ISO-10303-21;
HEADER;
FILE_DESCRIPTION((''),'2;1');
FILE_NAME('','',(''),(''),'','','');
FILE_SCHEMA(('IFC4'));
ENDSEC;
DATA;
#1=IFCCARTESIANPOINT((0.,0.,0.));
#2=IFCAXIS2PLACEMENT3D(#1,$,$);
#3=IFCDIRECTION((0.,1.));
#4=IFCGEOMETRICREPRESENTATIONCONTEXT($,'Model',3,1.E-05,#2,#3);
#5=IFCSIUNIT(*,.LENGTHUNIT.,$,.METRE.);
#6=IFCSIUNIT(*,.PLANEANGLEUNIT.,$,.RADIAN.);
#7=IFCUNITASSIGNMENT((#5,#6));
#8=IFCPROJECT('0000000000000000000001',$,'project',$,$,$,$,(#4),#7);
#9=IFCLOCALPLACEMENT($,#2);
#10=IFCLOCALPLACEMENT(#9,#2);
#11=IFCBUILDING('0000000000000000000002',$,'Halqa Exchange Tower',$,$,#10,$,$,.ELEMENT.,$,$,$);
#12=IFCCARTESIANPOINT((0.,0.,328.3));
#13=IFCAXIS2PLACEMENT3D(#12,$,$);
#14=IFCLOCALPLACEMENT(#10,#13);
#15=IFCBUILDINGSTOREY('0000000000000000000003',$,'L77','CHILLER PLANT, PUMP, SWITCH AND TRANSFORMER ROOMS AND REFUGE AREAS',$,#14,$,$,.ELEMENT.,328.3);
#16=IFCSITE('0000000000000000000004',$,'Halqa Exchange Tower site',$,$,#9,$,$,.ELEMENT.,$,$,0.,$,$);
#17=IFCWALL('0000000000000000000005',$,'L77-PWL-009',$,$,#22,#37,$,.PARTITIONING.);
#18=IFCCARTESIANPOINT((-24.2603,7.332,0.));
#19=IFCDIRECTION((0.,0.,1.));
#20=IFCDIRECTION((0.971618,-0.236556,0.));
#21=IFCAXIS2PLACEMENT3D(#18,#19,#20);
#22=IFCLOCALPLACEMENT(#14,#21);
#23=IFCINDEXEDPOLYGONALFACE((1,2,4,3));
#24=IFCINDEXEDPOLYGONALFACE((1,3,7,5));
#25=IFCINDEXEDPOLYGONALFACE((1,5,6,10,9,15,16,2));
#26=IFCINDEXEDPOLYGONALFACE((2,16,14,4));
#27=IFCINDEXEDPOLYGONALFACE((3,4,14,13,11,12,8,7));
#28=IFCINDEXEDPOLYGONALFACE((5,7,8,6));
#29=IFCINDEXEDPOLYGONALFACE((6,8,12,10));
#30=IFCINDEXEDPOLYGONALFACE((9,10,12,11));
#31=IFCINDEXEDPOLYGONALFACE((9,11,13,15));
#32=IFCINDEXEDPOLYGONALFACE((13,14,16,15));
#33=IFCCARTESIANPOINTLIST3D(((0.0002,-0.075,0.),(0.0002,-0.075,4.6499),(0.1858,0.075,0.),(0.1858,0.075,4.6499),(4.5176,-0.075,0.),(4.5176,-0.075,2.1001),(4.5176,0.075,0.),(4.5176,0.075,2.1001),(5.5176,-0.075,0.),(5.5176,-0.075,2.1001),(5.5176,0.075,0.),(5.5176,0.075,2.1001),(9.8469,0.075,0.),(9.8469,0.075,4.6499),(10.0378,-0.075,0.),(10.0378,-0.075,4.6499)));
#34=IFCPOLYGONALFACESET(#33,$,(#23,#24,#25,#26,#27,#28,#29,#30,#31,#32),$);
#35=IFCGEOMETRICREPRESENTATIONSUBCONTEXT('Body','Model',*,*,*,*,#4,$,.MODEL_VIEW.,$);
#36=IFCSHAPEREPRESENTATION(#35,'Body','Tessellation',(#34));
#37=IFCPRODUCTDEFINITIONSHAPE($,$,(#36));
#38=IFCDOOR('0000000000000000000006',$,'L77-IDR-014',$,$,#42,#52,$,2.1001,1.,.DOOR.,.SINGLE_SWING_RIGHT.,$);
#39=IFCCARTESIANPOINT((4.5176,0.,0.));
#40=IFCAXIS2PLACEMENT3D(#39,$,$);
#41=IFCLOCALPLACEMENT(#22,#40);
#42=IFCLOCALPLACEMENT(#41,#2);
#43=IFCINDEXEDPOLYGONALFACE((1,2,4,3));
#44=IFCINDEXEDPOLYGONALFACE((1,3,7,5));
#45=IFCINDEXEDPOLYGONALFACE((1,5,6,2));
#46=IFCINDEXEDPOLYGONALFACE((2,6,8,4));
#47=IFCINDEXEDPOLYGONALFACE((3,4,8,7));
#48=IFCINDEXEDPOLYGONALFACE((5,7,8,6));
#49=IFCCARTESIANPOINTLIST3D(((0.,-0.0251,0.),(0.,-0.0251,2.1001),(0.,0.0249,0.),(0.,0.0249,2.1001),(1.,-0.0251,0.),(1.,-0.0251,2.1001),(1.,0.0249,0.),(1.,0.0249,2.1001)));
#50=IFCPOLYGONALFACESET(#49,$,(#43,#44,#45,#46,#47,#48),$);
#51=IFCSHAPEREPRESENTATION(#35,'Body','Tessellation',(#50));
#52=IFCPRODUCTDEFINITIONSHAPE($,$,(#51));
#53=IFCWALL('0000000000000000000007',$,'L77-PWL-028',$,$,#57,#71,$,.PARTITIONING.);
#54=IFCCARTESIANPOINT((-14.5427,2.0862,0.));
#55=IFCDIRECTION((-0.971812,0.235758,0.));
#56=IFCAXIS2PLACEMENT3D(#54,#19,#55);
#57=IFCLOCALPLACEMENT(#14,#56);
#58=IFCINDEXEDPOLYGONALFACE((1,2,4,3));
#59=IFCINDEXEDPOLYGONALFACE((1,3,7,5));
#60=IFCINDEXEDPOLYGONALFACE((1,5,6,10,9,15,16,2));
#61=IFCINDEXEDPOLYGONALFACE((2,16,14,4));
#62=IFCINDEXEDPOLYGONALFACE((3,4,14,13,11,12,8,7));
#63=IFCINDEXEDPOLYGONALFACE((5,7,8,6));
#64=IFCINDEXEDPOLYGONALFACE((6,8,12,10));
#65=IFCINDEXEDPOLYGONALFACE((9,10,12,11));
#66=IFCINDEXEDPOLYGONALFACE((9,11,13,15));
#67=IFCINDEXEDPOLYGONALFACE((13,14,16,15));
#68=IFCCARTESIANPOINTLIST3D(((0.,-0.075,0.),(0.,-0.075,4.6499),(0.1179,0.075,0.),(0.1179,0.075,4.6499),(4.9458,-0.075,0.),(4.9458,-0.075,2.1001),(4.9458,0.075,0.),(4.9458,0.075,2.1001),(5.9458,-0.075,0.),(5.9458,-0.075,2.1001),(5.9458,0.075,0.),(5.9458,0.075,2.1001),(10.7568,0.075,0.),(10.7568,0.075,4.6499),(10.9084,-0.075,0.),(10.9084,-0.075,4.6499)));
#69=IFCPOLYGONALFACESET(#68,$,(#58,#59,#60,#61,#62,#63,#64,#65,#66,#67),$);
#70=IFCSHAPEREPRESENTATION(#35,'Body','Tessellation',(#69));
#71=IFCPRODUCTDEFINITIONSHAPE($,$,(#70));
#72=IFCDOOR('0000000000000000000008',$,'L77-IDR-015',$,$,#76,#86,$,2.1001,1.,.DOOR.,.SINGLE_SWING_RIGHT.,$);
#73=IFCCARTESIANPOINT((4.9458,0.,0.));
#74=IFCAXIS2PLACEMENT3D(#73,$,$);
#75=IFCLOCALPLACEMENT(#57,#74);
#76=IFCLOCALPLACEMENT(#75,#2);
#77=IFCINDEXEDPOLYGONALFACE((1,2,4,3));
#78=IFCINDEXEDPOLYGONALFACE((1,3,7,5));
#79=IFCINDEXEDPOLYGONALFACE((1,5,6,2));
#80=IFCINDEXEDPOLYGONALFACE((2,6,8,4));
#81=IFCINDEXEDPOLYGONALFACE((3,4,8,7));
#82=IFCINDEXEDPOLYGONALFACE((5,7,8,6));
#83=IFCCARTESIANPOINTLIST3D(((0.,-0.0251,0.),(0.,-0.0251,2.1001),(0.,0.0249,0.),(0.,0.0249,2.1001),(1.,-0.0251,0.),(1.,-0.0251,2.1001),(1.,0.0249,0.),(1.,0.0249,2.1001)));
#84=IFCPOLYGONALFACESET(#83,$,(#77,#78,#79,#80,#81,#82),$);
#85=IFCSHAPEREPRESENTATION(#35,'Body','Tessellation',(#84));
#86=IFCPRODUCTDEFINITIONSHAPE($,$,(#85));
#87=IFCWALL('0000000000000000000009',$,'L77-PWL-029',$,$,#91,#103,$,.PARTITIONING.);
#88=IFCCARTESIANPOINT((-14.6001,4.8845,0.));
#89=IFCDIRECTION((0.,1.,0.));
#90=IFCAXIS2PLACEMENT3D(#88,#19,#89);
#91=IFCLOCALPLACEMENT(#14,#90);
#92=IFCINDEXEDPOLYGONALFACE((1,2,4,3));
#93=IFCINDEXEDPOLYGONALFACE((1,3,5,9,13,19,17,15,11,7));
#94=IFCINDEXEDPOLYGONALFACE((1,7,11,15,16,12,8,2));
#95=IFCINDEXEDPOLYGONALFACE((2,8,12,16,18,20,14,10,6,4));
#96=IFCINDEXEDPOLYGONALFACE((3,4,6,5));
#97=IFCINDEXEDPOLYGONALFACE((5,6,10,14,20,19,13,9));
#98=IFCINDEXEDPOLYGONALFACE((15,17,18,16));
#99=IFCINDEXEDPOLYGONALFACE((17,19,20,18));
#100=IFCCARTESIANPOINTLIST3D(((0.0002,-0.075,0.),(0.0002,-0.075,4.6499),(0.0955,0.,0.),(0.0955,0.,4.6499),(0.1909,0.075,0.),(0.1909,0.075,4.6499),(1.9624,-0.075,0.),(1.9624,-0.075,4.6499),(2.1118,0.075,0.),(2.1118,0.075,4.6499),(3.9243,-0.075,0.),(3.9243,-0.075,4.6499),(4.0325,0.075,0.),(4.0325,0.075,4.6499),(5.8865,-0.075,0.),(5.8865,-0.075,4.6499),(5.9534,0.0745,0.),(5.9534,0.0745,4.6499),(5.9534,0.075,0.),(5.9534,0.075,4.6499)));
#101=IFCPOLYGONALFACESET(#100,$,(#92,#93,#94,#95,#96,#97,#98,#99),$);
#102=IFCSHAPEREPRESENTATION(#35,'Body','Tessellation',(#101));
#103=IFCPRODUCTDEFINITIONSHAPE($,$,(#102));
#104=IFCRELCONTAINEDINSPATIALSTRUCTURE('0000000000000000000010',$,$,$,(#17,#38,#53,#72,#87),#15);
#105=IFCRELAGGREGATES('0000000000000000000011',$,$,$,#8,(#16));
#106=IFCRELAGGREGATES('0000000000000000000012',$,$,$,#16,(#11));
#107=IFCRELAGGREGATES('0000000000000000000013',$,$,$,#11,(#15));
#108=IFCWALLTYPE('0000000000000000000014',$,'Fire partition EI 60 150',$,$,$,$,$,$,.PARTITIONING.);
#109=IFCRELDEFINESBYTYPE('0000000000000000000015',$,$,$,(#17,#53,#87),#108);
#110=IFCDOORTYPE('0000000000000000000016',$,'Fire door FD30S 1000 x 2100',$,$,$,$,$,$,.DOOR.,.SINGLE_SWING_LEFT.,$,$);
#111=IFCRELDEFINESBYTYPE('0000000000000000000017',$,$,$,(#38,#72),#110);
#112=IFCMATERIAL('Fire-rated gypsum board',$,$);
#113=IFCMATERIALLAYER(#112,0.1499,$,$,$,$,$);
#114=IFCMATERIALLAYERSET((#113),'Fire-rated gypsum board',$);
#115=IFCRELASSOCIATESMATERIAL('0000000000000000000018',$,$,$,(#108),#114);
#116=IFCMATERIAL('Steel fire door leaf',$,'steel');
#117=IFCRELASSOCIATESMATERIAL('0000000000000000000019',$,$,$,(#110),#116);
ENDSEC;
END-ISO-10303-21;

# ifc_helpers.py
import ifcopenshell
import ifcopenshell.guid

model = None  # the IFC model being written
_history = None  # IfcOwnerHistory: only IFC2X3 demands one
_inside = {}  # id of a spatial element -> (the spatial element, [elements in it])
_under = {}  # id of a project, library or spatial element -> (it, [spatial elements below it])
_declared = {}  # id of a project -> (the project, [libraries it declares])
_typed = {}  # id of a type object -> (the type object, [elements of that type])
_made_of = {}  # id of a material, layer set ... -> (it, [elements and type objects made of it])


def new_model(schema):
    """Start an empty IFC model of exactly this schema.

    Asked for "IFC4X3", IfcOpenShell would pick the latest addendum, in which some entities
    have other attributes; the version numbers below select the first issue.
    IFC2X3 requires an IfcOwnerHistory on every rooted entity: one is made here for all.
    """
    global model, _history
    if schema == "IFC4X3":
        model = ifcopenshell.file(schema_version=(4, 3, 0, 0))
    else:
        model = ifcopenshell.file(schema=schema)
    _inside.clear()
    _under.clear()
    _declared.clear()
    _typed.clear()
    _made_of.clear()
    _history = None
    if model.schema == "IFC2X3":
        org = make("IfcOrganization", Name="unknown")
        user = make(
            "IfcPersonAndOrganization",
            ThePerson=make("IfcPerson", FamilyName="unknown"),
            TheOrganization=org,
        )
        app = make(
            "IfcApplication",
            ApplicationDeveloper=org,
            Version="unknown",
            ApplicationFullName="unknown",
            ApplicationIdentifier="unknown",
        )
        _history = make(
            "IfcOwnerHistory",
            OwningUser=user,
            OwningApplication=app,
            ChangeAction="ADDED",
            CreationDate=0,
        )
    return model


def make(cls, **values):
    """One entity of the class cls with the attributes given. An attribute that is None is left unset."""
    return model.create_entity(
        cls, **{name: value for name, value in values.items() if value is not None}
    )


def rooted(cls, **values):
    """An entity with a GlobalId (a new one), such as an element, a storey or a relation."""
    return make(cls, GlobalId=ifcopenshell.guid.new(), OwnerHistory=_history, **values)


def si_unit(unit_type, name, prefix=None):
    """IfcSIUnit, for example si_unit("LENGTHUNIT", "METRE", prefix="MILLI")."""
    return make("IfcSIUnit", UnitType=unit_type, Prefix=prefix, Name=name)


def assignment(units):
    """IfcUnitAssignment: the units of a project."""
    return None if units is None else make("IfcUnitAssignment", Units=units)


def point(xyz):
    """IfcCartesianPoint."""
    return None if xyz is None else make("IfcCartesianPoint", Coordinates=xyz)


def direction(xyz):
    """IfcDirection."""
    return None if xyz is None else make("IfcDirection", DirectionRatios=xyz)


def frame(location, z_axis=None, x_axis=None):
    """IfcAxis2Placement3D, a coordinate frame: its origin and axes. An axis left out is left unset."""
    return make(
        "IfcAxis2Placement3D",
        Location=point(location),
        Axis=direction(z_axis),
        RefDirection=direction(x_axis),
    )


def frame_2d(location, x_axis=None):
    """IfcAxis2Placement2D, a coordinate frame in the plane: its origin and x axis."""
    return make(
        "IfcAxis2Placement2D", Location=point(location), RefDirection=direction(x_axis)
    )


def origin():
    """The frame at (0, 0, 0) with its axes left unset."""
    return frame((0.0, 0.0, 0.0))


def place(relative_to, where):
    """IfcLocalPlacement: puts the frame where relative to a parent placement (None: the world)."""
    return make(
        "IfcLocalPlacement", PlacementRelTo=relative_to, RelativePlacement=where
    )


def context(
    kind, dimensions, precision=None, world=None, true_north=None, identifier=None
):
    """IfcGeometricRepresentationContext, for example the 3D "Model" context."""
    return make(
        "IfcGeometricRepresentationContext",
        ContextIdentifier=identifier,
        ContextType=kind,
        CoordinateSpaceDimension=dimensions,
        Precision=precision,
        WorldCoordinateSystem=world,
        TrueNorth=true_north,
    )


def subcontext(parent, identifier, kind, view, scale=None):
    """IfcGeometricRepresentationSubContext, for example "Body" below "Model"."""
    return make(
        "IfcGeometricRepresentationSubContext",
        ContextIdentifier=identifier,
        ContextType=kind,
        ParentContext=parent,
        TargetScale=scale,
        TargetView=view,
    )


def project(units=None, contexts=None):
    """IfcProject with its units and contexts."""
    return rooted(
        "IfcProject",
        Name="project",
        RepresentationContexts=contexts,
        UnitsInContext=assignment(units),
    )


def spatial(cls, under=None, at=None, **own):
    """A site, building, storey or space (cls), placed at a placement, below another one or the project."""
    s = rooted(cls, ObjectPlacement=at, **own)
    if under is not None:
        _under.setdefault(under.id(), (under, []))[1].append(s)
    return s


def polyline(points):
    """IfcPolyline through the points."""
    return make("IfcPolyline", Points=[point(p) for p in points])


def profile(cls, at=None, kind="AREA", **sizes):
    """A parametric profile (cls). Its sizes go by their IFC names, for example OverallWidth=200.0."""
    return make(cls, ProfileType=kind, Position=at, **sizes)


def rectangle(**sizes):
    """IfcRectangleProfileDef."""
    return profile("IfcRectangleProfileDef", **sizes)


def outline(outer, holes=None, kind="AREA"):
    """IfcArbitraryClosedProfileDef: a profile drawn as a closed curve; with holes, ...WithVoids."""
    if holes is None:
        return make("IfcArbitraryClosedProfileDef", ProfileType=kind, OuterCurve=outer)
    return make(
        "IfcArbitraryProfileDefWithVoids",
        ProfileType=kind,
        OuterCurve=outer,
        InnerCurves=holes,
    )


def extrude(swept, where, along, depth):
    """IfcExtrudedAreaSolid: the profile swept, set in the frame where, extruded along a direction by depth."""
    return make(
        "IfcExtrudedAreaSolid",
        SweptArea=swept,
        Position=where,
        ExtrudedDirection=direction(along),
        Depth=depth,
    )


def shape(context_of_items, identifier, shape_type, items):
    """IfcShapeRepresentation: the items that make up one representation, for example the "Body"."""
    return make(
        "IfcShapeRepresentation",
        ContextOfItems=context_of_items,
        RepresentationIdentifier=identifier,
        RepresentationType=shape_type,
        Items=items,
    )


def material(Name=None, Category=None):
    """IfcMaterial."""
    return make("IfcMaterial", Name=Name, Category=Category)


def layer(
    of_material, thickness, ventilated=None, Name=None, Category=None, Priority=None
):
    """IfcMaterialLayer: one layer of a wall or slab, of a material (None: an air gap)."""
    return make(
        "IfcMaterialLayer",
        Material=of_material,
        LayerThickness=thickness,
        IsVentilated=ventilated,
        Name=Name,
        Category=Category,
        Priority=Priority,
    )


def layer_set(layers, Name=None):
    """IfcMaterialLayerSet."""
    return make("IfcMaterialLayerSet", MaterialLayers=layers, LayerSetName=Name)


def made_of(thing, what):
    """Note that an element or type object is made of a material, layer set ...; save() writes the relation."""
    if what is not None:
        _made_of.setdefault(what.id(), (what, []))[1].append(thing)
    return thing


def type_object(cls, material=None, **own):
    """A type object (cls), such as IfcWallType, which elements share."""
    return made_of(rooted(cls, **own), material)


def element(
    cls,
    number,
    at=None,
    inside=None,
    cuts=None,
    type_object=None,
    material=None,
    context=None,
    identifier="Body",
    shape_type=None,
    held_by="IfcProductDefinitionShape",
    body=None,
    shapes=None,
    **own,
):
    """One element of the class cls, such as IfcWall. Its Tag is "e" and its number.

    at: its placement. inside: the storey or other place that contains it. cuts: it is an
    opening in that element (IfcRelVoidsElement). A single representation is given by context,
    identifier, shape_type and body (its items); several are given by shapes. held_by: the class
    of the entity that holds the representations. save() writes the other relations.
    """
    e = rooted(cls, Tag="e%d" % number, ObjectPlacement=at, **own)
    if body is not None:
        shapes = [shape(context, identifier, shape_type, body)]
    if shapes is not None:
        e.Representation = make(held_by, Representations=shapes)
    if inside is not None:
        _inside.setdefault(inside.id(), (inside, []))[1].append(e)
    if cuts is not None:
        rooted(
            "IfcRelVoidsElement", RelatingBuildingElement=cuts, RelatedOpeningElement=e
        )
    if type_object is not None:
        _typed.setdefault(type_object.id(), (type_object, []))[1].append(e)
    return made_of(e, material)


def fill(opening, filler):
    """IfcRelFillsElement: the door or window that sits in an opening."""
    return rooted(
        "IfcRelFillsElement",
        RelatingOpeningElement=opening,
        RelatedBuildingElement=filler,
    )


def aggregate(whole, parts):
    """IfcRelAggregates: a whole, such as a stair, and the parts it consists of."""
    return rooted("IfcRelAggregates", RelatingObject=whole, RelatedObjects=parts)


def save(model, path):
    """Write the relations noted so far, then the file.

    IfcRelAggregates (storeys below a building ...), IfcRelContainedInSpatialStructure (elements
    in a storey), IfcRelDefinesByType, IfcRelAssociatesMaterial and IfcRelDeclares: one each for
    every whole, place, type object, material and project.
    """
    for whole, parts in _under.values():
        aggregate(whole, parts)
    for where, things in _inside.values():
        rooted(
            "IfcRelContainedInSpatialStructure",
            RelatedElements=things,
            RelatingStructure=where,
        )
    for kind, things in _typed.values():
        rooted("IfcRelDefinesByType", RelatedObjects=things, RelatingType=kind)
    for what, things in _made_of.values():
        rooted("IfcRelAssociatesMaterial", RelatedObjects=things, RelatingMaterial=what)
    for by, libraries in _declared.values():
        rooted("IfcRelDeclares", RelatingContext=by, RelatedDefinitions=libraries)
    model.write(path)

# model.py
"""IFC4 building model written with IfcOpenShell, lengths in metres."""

from ifc_helpers import new_model, si_unit, direction, frame, frame_2d, origin, place, context, subcontext, project, spatial, polyline, rectangle, outline, extrude, material, layer, layer_set, type_object, element, fill, save


model = new_model("IFC4")

# Units and contexts
model_context = context("Model", 3, precision=1e-05, world=origin(), true_north=direction((0.0, 1.0)))
body_context = subcontext(model_context, "Body", "Model", "MODEL_VIEW")
ifc_project = project(units=[si_unit("LENGTHUNIT", "METRE"), si_unit("PLANEANGLEUNIT", "RADIAN")], contexts=[model_context])

# Site, building, storey
site_placement = place(None, origin())
site = spatial("IfcSite", under=ifc_project, at=site_placement, Name="Halqa Exchange Tower site", CompositionType="ELEMENT", RefElevation=0.0)
building_placement = place(site_placement, origin())
building = spatial("IfcBuilding", under=site, at=building_placement, Name="Halqa Exchange Tower", CompositionType="ELEMENT")
storey_placement = place(building_placement, frame((0.0, 0.0, 328.3)))
storey = spatial("IfcBuildingStorey", under=building, at=storey_placement, Name="L77", Description="CHILLER PLANT, PUMP, SWITCH AND TRANSFORMER ROOMS AND REFUGE AREAS", CompositionType="ELEMENT", Elevation=328.3)

# Shared definitions
ifc_material_1 = material(Name="Fire-rated gypsum board")
ifc_layer_1 = layer(ifc_material_1, 0.1499)
ifc_layer_set_1 = layer_set([ifc_layer_1], Name="Fire-rated gypsum board")
wall_type_1 = type_object("IfcWallType", Name="Fire partition EI 60 150", PredefinedType="PARTITIONING", material=ifc_layer_set_1)

# Wall, opening, door
wall_1_placement = place(storey_placement, frame((-24.2603, 7.332, 0.0), z_axis=(0.0, 0.0, 1.0), x_axis=(0.971618, -0.236556, 0.0)))
wall_1 = element("IfcWall", 1, at=wall_1_placement, inside=storey, type_object=wall_type_1, Name="L77-PWL-009", PredefinedType="PARTITIONING", context=body_context, shape_type="SweptSolid", body=[
    extrude(outline(polyline([(0.0002, -0.075), (1.6731, -0.075), (3.3459, -0.075), (5.019, -0.075), (6.6919, -0.075), (8.3647, -0.075), (10.0378, -0.075), (9.8469, 0.075), (7.9148, 0.075), (5.9824, 0.075), (4.0503, 0.075), (2.1179, 0.075), (0.1858, 0.075), (0.0002, -0.075)])), origin(), (0.0, 0.0, 1.0), 4.6499),
])
opening_1_placement = place(wall_1_placement, frame((4.5176, 0.0, 0.0)))
opening_1 = element("IfcOpeningElement", 2, at=opening_1_placement, cuts=wall_1, PredefinedType="OPENING", context=body_context, shape_type="SweptSolid", body=[
    extrude(rectangle(XDim=1.0, YDim=2.1001, at=frame_2d((0.5, 1.05))), frame((0.0, 0.0869, 0.0), z_axis=(0.0, -1.0, 0.0), x_axis=(1.0, 0.0, 0.0)), (0.0, 0.0, 1.0), 0.1738),
])
ifc_material_2 = material(Name="Steel fire door leaf", Category="steel")
door_type_1 = type_object("IfcDoorType", Name="Fire door FD30S 1000 x 2100", OperationType="SINGLE_SWING_LEFT", PredefinedType="DOOR", material=ifc_material_2)
door_1_placement = place(opening_1_placement, origin())
door_1 = element("IfcDoor", 3, at=door_1_placement, inside=storey, type_object=door_type_1, Name="L77-IDR-014", OperationType="SINGLE_SWING_RIGHT", OverallHeight=2.1001, OverallWidth=1.0, PredefinedType="DOOR", context=body_context, shape_type="SweptSolid", body=[
    extrude(rectangle(XDim=1.0, YDim=2.1001, at=frame_2d((0.5, 1.05))), frame((0.0, 0.0249, 0.0), z_axis=(0.0, -1.0, 0.0), x_axis=(1.0, 0.0, 0.0)), (0.0, 0.0, 1.0), 0.05),
])
fill(opening_1, door_1)

# Wall, opening, door
wall_2_placement = place(storey_placement, frame((-14.5427, 2.0862, 0.0), z_axis=(0.0, 0.0, 1.0), x_axis=(-0.971812, 0.235758, 0.0)))
wall_2 = element("IfcWall", 4, at=wall_2_placement, inside=storey, type_object=wall_type_1, Name="L77-PWL-028", PredefinedType="PARTITIONING", context=body_context, shape_type="SweptSolid", body=[
    extrude(outline(polyline([(0.0, -0.075), (1.8181, -0.075), (3.6362, -0.075), (5.4541, -0.075), (7.2722, -0.075), (9.0903, -0.075), (10.9084, -0.075), (10.7568, 0.075), (8.9836, 0.075), (7.2104, 0.075), (5.4373, 0.075), (3.6641, 0.075), (1.8909, 0.075), (0.1179, 0.075), (0.0, -0.075), (0.0, -0.075)])), origin(), (0.0, 0.0, 1.0), 4.6499),
])
opening_2_placement = place(wall_2_placement, frame((4.9458, 0.0, 0.0)))
opening_2 = element("IfcOpeningElement", 5, at=opening_2_placement, cuts=wall_2, PredefinedType="OPENING", context=body_context, shape_type="SweptSolid", body=[
    extrude(rectangle(XDim=1.0, YDim=2.1001, at=frame_2d((0.5, 1.05))), frame((0.0, 0.0869, 0.0), z_axis=(0.0, -1.0, 0.0), x_axis=(1.0, 0.0, 0.0)), (0.0, 0.0, 1.0), 0.1738),
])
door_2_placement = place(opening_2_placement, origin())
door_2 = element("IfcDoor", 6, at=door_2_placement, inside=storey, type_object=door_type_1, Name="L77-IDR-015", OperationType="SINGLE_SWING_RIGHT", OverallHeight=2.1001, OverallWidth=1.0, PredefinedType="DOOR", context=body_context, shape_type="SweptSolid", body=[
    extrude(rectangle(XDim=1.0, YDim=2.1001, at=frame_2d((0.5, 1.05))), frame((0.0, 0.0249, 0.0), z_axis=(0.0, -1.0, 0.0), x_axis=(1.0, 0.0, 0.0)), (0.0, 0.0, 1.0), 0.05),
])
fill(opening_2, door_2)

# Wall
wall_3_placement = place(storey_placement, frame((-14.6001, 4.8845, 0.0), z_axis=(0.0, 0.0, 1.0), x_axis=(0.0, 1.0, 0.0)))
element("IfcWall", 7, at=wall_3_placement, inside=storey, type_object=wall_type_1, Name="L77-PWL-029", PredefinedType="PARTITIONING", context=body_context, shape_type="SweptSolid", body=[
    extrude(outline(polyline([(0.0002, -0.075), (1.9624, -0.075), (3.9243, -0.075), (5.8865, -0.075), (5.9534, 0.0745), (5.9534, 0.075), (4.0325, 0.075), (2.1118, 0.075), (0.1909, 0.075), (0.1909, 0.075), (0.1909, 0.075), (0.0955, 0.0), (0.0002, -0.075)])), origin(), (0.0, 0.0, 1.0), 4.6499),
])

save(model, "model.ifc")
